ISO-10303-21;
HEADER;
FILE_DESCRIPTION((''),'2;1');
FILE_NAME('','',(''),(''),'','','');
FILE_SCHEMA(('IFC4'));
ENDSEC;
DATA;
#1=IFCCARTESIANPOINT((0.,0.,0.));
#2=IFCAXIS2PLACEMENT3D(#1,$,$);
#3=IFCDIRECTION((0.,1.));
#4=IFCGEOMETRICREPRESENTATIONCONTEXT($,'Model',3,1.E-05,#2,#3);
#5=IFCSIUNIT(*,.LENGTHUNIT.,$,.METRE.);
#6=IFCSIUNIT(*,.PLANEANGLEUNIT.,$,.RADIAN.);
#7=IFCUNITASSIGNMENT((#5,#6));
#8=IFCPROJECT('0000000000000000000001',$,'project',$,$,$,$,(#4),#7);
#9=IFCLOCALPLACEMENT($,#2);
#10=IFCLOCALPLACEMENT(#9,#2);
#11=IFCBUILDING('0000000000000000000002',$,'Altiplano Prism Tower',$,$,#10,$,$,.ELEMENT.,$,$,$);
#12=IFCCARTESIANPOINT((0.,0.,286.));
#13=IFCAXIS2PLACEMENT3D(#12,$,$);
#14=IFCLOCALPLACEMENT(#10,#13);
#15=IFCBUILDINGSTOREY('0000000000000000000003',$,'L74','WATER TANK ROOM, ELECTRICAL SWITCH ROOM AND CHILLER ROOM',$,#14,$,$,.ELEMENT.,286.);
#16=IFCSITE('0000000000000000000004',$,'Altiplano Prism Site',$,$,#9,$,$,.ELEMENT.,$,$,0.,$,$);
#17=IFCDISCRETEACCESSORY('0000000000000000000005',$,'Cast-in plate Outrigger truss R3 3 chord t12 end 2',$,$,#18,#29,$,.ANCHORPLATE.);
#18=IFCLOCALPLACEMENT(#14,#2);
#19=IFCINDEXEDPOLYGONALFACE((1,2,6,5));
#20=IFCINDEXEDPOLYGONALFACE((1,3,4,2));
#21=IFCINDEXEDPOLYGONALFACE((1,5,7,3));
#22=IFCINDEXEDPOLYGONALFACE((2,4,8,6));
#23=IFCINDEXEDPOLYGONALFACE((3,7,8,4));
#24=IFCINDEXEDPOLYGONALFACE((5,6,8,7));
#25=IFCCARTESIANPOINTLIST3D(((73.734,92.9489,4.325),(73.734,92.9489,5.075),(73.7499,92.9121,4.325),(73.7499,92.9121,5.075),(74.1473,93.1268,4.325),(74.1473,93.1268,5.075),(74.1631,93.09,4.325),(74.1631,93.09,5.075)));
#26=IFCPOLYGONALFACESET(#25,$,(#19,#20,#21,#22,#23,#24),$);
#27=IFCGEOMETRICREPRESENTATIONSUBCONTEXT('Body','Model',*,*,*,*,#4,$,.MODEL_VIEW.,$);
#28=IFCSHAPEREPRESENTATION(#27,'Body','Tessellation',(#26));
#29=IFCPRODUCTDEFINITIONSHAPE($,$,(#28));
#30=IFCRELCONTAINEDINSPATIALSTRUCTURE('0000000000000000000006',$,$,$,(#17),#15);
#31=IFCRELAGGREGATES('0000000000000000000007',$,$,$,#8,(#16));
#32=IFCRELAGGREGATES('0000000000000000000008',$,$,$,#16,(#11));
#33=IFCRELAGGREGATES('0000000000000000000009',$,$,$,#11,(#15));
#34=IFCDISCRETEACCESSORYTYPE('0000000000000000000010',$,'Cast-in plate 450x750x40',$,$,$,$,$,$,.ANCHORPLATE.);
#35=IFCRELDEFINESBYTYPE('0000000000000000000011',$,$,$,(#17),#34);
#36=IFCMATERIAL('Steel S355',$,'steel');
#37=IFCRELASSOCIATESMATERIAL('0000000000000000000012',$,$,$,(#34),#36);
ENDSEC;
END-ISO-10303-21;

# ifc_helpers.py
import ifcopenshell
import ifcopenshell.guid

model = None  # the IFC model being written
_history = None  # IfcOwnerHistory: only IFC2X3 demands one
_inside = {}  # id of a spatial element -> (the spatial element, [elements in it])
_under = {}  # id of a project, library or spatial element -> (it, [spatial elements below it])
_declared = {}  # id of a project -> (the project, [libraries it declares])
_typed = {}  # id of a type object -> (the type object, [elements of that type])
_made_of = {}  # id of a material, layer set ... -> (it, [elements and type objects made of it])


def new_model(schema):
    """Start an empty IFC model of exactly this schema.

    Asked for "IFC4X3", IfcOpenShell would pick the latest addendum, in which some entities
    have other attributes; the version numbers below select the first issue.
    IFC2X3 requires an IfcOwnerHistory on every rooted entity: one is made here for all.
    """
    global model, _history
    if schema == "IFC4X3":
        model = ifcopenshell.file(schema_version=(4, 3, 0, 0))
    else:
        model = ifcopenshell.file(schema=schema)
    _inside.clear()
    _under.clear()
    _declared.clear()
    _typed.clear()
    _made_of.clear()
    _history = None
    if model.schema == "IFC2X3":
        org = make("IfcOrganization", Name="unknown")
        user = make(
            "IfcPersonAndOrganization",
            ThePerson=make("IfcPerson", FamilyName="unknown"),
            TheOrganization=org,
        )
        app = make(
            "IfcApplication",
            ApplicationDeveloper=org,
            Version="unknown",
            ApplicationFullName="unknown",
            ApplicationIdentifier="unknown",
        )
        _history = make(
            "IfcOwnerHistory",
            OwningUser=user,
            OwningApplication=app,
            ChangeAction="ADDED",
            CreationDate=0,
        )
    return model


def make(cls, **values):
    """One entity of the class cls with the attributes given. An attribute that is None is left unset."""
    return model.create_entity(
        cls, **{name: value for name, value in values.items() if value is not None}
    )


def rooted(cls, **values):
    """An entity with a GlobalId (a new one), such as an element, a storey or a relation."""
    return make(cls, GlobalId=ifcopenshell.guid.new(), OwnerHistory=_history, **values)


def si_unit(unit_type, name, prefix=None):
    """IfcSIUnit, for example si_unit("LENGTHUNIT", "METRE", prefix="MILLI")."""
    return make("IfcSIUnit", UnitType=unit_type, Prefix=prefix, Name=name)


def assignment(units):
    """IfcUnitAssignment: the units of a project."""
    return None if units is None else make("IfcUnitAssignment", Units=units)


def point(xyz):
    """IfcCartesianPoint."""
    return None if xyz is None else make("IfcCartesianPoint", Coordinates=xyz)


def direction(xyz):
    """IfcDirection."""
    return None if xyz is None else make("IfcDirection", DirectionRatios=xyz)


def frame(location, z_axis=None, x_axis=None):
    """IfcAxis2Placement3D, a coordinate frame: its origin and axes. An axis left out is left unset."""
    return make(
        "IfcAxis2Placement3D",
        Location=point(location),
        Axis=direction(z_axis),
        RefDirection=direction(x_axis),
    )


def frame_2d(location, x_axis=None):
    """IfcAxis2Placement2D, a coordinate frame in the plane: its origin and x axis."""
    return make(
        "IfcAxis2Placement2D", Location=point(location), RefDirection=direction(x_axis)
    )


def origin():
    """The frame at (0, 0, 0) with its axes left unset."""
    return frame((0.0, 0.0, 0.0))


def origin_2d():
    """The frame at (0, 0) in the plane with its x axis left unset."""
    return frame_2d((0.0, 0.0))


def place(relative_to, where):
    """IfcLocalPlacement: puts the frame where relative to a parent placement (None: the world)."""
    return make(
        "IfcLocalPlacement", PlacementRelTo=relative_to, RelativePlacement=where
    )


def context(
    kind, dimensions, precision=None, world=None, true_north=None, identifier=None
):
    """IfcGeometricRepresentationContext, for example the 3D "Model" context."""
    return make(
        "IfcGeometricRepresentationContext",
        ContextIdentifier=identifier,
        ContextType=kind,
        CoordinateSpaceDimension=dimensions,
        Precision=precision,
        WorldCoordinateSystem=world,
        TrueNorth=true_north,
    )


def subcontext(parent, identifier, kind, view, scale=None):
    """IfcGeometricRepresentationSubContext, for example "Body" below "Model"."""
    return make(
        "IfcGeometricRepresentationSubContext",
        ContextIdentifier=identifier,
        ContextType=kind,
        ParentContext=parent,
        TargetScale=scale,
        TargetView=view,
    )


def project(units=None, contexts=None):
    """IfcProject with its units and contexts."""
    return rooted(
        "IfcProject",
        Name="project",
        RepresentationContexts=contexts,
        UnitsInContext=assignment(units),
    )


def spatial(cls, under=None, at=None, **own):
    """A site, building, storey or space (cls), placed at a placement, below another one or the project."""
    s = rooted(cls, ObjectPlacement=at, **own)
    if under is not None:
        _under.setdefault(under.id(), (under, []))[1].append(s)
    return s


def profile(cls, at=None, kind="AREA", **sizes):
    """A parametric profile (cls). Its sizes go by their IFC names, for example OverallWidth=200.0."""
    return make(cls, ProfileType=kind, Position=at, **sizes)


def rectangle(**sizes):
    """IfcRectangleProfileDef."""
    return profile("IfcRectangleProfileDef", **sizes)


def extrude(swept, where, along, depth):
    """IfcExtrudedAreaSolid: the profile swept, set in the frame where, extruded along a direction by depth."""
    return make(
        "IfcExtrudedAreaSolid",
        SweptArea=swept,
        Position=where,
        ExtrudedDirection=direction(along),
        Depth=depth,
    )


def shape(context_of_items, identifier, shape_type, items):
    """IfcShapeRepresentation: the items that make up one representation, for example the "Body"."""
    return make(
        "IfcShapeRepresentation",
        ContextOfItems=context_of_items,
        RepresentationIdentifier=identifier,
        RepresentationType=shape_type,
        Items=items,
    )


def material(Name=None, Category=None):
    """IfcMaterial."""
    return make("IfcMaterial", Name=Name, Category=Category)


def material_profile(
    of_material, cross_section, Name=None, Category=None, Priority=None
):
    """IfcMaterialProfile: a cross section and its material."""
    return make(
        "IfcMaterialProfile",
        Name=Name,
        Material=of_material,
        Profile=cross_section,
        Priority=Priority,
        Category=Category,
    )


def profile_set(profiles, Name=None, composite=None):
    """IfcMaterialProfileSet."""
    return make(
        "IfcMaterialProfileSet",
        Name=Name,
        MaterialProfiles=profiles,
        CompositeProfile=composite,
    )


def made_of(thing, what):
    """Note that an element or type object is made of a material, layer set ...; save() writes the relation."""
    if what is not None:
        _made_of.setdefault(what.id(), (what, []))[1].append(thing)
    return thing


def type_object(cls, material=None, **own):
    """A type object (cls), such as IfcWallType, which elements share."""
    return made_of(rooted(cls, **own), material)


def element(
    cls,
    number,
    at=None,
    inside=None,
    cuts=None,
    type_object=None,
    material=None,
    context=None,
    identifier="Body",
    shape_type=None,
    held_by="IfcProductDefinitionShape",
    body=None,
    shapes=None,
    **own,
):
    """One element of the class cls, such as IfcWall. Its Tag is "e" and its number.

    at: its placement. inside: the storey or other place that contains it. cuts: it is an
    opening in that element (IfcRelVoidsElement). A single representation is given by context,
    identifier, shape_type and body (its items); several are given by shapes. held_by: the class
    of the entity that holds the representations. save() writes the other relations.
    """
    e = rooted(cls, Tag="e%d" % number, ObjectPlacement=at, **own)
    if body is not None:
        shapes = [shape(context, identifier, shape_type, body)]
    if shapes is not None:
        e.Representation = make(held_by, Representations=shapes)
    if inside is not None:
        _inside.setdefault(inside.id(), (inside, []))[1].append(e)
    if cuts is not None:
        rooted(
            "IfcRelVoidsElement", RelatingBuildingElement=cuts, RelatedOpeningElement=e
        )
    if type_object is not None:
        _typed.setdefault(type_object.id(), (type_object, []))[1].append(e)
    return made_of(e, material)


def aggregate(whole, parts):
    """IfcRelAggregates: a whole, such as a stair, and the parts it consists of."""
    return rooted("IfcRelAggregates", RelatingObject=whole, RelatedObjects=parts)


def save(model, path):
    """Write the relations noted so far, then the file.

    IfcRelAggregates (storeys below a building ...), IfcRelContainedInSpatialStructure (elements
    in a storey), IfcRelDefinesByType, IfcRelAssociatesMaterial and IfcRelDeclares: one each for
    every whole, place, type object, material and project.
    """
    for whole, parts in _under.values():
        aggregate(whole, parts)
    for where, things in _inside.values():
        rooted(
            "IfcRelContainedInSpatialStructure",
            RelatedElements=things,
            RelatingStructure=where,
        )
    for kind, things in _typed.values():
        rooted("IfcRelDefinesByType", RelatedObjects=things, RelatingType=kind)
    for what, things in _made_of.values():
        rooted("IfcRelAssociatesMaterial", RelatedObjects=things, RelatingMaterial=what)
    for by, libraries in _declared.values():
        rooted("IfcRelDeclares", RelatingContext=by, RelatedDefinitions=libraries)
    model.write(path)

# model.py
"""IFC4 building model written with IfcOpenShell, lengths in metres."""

from ifc_helpers import new_model, si_unit, direction, frame, origin, origin_2d, place, context, subcontext, project, spatial, rectangle, extrude, material, material_profile, profile_set, type_object, element, save


model = new_model("IFC4")

# Units and contexts
model_context = context("Model", 3, precision=1e-05, world=origin(), true_north=direction((0.0, 1.0)))
body_context = subcontext(model_context, "Body", "Model", "MODEL_VIEW")
ifc_project = project(units=[si_unit("LENGTHUNIT", "METRE"), si_unit("PLANEANGLEUNIT", "RADIAN")], contexts=[model_context])

# Site, building, storey
site_placement = place(None, origin())
site = spatial("IfcSite", under=ifc_project, at=site_placement, Name="Altiplano Prism Site", CompositionType="ELEMENT", RefElevation=0.0)
building_placement = place(site_placement, origin())
building = spatial("IfcBuilding", under=site, at=building_placement, Name="Altiplano Prism Tower", CompositionType="ELEMENT")
storey_placement = place(building_placement, frame((0.0, 0.0, 286.0)))
storey = spatial("IfcBuildingStorey", under=building, at=storey_placement, Name="L74", Description="WATER TANK ROOM, ELECTRICAL SWITCH ROOM AND CHILLER ROOM", CompositionType="ELEMENT", Elevation=286.0)

# Shared definitions
ifc_material_1 = material(Name="Steel S355", Category="steel")

# Discrete accessory
ifc_material_profile_1 = material_profile(ifc_material_1, rectangle(XDim=0.45, YDim=0.75, at=origin_2d()), Name="Cast-in plate 450x750x40")
ifc_profile_set_1 = profile_set([ifc_material_profile_1], Name="Steel S355")
discrete_accessory_type_1 = type_object("IfcDiscreteAccessoryType", Name="Cast-in plate 450x750x40", PredefinedType="ANCHORPLATE", material=ifc_profile_set_1)
for number, where, z_axis, x_axis, name in (
    (1, (73.9407, 93.0378, 4.7), (0.395387, -0.918515, 0.0), (0.918515, 0.395387, 0.0), "Cast-in plate Outrigger truss R3 3 chord t12 end 2"),
):
    element("IfcDiscreteAccessory", number, at=place(storey_placement, frame(where, z_axis=z_axis, x_axis=x_axis)), inside=storey, type_object=discrete_accessory_type_1, Name=name, PredefinedType="ANCHORPLATE", context=body_context, shape_type="SweptSolid", body=[
        extrude(rectangle(XDim=0.45, YDim=0.75, at=origin_2d()), origin(), (0.0, 0.0, 1.0), 0.04),
    ])

save(model, "model.ifc")
